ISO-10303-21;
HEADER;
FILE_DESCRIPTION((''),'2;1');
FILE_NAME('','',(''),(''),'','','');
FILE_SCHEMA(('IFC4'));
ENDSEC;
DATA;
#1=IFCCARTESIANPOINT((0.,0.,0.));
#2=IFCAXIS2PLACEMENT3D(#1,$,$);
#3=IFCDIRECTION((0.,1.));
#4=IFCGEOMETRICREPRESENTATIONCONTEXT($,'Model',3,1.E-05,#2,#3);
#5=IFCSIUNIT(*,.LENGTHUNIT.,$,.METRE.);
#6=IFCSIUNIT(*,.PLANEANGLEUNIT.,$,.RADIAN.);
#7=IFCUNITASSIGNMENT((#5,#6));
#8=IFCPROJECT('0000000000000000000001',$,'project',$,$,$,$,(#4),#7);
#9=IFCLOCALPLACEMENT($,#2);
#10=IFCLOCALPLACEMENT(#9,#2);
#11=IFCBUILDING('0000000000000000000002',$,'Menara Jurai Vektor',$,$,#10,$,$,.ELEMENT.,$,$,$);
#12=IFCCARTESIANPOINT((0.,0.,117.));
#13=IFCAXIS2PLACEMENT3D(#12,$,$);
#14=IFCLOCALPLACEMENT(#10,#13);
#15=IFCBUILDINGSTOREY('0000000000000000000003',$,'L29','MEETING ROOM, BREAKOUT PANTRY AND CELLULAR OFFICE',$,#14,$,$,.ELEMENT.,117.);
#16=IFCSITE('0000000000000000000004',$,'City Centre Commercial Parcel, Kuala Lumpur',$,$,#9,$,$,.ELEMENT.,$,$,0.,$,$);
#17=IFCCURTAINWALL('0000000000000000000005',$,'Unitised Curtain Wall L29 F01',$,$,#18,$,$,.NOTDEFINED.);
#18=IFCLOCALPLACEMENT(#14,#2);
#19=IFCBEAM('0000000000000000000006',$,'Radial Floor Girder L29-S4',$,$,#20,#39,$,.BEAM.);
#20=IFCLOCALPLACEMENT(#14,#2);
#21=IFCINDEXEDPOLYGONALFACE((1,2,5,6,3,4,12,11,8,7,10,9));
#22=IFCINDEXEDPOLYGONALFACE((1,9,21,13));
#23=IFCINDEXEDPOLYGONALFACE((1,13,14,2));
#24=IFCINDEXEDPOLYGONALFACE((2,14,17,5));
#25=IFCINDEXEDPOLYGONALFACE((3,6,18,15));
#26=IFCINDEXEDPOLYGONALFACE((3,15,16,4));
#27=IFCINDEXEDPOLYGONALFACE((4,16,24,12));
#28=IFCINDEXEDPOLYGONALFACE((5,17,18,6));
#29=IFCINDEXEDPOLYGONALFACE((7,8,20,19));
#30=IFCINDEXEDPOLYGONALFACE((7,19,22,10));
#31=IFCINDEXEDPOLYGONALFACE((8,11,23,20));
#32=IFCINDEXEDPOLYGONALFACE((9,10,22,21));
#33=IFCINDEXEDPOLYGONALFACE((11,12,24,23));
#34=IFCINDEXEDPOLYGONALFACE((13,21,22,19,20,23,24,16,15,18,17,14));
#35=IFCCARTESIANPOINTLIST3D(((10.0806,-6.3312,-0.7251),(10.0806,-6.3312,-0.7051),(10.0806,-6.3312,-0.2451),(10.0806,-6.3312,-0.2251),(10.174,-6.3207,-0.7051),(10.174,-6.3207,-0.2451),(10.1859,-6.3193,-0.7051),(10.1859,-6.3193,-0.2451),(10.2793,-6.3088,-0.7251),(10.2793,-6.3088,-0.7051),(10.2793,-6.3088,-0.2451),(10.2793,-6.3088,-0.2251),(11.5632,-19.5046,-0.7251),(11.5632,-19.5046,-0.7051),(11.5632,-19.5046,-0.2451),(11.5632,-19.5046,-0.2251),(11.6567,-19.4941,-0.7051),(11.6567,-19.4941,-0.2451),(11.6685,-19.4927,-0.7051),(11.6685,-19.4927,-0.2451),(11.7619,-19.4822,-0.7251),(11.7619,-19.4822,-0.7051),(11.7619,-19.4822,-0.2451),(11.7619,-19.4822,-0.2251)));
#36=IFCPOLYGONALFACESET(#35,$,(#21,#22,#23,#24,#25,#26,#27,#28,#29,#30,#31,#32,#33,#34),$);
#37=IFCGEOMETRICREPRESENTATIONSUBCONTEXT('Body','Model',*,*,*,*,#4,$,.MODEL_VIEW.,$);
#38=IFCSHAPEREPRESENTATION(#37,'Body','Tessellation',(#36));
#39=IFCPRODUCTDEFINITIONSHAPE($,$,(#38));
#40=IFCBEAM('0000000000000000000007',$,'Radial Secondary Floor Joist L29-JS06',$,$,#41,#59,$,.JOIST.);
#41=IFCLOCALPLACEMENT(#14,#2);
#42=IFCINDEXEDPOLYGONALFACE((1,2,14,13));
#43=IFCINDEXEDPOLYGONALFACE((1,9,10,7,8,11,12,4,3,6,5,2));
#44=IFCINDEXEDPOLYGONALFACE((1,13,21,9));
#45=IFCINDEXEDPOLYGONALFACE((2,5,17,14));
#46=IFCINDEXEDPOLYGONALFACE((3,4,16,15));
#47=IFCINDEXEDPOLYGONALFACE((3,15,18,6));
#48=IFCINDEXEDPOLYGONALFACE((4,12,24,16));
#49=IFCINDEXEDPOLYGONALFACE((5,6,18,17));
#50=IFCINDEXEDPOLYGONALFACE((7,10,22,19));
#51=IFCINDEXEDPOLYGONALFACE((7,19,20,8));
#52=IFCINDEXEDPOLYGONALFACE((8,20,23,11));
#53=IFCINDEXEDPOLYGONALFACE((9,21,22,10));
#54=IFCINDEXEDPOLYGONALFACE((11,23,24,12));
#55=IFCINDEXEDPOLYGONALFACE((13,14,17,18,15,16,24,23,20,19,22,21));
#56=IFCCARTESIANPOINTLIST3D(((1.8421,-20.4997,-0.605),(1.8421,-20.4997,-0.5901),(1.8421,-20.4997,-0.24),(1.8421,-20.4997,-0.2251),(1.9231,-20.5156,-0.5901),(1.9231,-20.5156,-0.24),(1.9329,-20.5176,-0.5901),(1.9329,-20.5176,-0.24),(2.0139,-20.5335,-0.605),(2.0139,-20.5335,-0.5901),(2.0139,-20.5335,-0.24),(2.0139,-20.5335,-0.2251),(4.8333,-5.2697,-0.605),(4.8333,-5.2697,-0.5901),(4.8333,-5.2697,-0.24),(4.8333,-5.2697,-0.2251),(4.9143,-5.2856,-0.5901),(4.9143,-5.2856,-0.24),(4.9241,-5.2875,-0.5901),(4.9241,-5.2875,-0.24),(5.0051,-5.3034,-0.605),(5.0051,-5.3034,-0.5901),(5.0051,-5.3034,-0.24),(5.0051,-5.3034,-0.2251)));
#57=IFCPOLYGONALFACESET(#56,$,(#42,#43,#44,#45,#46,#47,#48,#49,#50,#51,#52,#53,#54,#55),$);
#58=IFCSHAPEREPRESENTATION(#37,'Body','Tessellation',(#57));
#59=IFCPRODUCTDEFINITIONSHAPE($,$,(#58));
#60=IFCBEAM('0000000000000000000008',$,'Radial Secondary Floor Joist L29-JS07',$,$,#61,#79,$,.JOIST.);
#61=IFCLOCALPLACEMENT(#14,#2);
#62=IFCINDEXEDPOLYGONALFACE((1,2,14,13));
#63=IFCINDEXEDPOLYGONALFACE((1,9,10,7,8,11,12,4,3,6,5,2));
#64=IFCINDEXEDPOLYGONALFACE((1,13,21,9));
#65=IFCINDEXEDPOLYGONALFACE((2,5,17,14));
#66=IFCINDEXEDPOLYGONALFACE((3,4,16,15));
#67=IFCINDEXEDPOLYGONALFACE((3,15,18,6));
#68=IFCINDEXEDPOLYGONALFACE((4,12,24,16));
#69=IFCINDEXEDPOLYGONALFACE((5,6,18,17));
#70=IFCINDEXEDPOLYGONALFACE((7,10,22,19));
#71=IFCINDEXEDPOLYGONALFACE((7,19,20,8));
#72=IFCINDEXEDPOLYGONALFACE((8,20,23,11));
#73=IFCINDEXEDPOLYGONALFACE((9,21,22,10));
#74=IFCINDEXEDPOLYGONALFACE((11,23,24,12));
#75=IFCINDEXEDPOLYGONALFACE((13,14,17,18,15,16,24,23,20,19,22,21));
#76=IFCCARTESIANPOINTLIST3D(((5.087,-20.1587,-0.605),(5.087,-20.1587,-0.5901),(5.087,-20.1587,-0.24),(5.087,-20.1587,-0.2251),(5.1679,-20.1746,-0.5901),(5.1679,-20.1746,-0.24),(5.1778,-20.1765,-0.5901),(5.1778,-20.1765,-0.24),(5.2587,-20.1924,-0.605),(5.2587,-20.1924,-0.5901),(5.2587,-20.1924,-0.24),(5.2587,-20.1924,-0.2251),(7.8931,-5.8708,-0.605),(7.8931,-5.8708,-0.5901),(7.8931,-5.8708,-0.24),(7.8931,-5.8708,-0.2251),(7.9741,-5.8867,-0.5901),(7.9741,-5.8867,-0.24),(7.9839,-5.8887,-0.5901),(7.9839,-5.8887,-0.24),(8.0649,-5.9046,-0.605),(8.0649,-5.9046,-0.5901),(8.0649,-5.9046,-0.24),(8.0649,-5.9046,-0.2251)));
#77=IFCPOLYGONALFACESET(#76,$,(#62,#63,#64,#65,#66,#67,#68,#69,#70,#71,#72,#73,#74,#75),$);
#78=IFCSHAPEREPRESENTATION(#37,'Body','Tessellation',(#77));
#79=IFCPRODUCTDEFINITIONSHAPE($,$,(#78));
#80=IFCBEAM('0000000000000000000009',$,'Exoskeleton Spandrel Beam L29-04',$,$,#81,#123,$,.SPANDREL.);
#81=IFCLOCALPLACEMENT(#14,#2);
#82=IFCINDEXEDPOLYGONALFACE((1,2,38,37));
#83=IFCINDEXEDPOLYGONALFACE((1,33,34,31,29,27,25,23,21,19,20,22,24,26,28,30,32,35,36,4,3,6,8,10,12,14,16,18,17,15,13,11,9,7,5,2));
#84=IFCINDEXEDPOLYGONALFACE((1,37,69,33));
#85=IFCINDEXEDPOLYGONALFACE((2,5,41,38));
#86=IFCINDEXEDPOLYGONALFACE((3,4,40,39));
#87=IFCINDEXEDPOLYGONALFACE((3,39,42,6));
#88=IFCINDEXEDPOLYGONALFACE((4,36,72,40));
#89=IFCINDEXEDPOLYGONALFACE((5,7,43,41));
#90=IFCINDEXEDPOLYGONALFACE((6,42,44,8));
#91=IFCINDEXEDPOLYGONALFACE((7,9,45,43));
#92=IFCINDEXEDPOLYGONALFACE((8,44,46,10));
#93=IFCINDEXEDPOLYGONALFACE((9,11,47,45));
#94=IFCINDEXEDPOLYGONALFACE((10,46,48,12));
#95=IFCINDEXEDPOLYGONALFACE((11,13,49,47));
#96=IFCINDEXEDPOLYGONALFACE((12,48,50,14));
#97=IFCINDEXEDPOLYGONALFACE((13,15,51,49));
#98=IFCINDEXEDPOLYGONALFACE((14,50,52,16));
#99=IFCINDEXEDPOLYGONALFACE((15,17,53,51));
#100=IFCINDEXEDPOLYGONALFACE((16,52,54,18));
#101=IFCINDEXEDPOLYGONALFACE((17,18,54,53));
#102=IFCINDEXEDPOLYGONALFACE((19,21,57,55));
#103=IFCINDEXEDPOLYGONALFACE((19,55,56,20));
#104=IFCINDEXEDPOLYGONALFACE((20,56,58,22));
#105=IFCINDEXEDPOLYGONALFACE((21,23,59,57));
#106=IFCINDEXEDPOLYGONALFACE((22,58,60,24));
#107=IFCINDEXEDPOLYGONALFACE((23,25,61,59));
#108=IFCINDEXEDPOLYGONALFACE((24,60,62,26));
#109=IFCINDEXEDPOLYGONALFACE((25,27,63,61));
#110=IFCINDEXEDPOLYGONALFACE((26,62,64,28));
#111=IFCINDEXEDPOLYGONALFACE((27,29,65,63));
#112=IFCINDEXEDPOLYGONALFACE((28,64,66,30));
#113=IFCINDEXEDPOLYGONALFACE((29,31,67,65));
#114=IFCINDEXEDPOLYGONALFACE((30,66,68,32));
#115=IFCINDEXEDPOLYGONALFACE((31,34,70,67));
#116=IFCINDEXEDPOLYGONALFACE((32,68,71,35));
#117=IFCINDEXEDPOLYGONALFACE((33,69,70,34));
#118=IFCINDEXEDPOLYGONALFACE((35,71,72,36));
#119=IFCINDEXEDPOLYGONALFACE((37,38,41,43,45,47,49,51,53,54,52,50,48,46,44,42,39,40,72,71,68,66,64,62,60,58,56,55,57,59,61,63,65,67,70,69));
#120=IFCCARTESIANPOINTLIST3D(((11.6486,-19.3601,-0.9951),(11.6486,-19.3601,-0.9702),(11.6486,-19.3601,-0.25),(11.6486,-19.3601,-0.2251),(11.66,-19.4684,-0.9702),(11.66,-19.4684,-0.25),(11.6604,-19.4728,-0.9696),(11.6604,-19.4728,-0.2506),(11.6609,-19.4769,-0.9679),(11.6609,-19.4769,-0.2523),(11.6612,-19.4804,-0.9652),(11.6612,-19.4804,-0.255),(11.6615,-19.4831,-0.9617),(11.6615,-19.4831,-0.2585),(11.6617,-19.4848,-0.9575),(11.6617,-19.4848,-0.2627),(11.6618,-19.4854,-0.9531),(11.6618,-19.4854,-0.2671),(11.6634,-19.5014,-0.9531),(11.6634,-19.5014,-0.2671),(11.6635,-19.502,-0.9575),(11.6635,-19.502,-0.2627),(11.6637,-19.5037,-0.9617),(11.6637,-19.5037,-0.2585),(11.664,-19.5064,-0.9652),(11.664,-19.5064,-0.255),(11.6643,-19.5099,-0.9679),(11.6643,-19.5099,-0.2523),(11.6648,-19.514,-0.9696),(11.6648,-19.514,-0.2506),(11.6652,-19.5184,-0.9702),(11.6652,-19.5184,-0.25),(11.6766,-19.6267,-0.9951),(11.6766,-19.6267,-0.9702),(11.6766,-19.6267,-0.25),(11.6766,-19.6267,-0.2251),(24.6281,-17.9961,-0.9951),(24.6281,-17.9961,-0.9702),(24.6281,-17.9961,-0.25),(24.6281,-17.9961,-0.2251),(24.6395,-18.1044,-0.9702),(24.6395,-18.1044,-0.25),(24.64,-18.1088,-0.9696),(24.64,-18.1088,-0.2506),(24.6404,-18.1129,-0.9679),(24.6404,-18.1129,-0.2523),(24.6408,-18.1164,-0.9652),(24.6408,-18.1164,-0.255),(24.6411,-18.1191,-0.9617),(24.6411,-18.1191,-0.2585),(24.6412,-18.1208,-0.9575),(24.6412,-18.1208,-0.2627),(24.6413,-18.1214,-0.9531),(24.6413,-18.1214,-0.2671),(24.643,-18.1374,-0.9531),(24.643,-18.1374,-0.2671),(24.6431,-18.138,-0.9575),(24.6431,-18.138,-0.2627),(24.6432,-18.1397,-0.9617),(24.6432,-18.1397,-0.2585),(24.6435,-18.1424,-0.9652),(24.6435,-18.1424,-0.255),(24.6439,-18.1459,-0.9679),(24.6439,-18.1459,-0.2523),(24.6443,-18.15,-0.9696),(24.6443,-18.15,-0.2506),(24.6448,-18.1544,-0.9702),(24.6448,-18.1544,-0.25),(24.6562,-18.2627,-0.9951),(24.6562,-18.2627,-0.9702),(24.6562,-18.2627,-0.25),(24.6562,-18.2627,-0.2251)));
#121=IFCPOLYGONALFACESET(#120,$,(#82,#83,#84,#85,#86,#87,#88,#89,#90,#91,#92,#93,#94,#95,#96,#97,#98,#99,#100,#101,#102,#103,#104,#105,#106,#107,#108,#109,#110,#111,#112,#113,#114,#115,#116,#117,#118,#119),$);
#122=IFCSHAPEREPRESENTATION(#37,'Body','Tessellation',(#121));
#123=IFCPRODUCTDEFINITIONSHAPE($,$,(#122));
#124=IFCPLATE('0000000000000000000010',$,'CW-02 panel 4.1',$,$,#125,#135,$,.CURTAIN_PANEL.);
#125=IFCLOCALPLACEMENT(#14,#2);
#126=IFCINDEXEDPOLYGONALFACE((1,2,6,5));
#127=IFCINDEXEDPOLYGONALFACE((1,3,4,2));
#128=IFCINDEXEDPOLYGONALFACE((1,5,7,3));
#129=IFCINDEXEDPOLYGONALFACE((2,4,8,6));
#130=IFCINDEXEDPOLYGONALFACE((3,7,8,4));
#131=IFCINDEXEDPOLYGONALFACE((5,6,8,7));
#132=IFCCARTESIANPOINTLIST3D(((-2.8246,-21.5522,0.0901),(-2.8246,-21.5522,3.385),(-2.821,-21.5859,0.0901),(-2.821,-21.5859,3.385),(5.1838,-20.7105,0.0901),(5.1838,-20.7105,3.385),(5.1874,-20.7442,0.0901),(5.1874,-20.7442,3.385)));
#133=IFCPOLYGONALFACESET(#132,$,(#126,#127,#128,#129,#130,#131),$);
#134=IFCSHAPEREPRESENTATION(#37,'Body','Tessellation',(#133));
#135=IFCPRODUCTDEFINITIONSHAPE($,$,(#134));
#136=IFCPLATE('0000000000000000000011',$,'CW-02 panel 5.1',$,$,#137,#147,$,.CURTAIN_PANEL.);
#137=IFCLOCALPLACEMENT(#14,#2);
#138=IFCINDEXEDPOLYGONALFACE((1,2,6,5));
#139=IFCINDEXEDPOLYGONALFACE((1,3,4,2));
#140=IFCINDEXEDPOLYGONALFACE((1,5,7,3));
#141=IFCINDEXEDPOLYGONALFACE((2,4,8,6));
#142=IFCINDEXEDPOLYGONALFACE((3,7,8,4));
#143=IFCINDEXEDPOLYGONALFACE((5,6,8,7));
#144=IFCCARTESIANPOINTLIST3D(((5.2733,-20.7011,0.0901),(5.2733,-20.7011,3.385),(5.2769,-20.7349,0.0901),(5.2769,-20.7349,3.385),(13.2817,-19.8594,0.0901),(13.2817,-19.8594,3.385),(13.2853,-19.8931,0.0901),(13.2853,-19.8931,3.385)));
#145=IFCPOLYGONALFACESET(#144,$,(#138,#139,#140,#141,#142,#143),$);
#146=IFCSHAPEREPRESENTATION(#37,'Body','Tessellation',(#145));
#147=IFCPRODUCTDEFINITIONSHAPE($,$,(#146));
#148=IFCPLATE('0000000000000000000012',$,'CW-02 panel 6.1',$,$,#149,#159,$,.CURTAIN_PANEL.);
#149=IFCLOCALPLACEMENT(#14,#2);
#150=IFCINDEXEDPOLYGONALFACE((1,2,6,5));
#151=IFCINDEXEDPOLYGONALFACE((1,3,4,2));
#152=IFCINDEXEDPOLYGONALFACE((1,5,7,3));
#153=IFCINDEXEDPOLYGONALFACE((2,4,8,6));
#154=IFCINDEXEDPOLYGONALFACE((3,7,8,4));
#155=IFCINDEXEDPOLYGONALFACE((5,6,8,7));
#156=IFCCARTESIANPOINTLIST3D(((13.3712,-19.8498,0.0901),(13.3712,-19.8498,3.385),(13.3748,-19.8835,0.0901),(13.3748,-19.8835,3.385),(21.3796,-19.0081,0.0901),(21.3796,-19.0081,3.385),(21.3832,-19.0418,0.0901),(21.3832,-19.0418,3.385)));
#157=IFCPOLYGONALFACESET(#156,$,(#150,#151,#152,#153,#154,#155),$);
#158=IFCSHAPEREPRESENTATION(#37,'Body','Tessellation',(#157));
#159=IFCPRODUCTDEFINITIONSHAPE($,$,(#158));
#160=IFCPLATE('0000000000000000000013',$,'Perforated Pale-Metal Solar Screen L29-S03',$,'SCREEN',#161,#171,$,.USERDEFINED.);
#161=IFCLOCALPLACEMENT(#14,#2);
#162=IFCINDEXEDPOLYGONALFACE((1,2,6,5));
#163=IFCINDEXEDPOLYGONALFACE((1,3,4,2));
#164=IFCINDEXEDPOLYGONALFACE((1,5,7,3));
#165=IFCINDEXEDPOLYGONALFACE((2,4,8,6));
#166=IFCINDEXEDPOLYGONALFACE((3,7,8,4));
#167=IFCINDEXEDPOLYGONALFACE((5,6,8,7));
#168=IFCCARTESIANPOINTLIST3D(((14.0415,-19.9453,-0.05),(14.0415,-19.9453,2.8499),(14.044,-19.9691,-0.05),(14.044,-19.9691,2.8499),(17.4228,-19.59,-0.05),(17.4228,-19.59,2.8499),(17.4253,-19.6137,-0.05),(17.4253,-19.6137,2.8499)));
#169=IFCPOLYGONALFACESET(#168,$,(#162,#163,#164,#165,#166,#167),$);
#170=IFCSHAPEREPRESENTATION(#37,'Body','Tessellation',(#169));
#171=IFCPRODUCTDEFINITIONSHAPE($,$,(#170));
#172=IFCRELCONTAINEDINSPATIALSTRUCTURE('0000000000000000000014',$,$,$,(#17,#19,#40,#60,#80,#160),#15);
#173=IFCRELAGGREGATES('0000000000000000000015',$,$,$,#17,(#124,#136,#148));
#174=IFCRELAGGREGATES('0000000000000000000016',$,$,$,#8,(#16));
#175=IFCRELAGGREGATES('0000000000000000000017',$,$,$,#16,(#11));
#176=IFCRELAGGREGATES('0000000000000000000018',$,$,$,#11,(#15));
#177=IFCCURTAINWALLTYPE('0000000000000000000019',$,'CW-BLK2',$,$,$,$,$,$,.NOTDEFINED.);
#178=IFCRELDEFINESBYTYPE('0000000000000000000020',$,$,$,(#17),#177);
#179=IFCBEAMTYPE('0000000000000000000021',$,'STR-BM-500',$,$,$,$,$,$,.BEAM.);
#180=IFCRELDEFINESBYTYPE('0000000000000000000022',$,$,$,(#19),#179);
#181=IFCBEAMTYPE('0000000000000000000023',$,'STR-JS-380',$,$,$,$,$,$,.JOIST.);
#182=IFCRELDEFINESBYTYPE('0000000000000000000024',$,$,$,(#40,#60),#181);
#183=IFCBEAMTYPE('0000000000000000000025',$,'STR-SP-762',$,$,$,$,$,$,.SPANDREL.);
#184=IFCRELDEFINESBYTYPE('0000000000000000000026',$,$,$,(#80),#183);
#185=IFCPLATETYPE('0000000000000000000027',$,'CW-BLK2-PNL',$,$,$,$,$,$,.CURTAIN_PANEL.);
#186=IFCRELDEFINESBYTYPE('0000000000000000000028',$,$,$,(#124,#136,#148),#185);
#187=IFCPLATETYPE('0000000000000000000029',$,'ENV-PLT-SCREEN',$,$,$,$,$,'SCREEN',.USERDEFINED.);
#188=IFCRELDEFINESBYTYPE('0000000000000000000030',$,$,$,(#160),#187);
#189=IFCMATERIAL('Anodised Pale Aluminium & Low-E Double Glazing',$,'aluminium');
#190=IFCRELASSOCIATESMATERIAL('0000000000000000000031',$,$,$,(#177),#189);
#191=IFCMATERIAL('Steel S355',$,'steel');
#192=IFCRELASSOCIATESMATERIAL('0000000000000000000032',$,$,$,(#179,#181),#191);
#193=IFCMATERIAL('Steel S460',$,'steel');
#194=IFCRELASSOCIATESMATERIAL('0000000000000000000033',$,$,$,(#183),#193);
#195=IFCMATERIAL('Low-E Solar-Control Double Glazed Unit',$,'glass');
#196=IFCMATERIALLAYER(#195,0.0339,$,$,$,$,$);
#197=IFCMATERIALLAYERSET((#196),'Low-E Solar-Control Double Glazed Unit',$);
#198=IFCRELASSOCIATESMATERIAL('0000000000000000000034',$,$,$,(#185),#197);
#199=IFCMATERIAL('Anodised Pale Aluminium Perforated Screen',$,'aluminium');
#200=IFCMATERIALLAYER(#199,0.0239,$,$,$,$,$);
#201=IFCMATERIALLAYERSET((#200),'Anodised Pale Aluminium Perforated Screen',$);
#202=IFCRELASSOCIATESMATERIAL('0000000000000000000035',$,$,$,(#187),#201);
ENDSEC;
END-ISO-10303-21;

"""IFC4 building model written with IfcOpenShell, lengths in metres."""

from ifc_helpers import new_model, si_unit, direction, frame, origin, origin_2d, place, context, subcontext, project, spatial, rectangle, i_section, extrude, material, layer, layer_set, material_profile, profile_set, type_object, element, aggregate, save


model = new_model("IFC4")

# Units and contexts
model_context = context("Model", 3, precision=1e-05, world=origin(), true_north=direction((0.0, 1.0)))
body_context = subcontext(model_context, "Body", "Model", "MODEL_VIEW")
ifc_project = project(units=[si_unit("LENGTHUNIT", "METRE"), si_unit("PLANEANGLEUNIT", "RADIAN")], contexts=[model_context])

# Site, building, storey
site_placement = place(None, origin())
site = spatial("IfcSite", under=ifc_project, at=site_placement, Name="City Centre Commercial Parcel, Kuala Lumpur", CompositionType="ELEMENT", RefElevation=0.0)
building_placement = place(site_placement, origin())
building = spatial("IfcBuilding", under=site, at=building_placement, Name="Menara Jurai Vektor", CompositionType="ELEMENT")
storey_placement = place(building_placement, frame((0.0, 0.0, 117.0)))
storey = spatial("IfcBuildingStorey", under=building, at=storey_placement, Name="L29", Description="MEETING ROOM, BREAKOUT PANTRY AND CELLULAR OFFICE", CompositionType="ELEMENT", Elevation=117.0)

# Shared definitions
ifc_material_1 = material(Name="Steel S460", Category="steel")

# Curtain wall
ifc_material_2 = material(Name="Anodised Pale Aluminium & Low-E Double Glazing", Category="aluminium")
curtain_wall_type = type_object("IfcCurtainWallType", Name="CW-BLK2", PredefinedType="NOTDEFINED", material=ifc_material_2)
curtain_wall_placement = place(storey_placement, origin())
curtain_wall = element("IfcCurtainWall", 1, at=curtain_wall_placement, inside=storey, type_object=curtain_wall_type, Name="Unitised Curtain Wall L29 F01", PredefinedType="NOTDEFINED")

# Beams
ifc_material_3 = material(Name="Steel S355", Category="steel")
ifc_material_profile_1 = material_profile(ifc_material_3, i_section(OverallWidth=0.2, OverallDepth=0.5, WebThickness=0.012, FlangeThickness=0.02, at=origin_2d()), Name="PG 500x200x96")
ifc_profile_set_1 = profile_set([ifc_material_profile_1], Name="Steel S355")
beam_type_1 = type_object("IfcBeamType", Name="STR-BM-500", PredefinedType="BEAM", material=ifc_profile_set_1)
beam_1_placement = place(storey_placement, frame((11.6626, -19.4934, -0.4751), z_axis=(-0.111844, 0.993726, 0.0), x_axis=(-0.993726, -0.111844, 0.0)))
element("IfcBeam", 2, at=beam_1_placement, inside=storey, type_object=beam_type_1, Name="Radial Floor Girder L29-S4", PredefinedType="BEAM", context=body_context, shape_type="SweptSolid", body=[
    extrude(i_section(OverallWidth=0.2, OverallDepth=0.5, WebThickness=0.012, FlangeThickness=0.02, at=origin_2d()), origin(), (0.0, 0.0, 1.0), 13.2566),
])
ifc_material_profile_2 = material_profile(ifc_material_3, i_section(OverallWidth=0.175, OverallDepth=0.3799, WebThickness=0.01, FlangeThickness=0.0149, at=origin_2d()), Name="PG 380x175x58")
ifc_profile_set_2 = profile_set([ifc_material_profile_2], Name="Steel S355")
beam_type_2 = type_object("IfcBeamType", Name="STR-JS-380", PredefinedType="JOIST", material=ifc_profile_set_2)
beam_2_placement = place(storey_placement, frame((1.928, -20.5166, -0.415), z_axis=(0.192721, 0.981254, 0.0), x_axis=(-0.981254, 0.192721, 0.0)))
element("IfcBeam", 3, at=beam_2_placement, inside=storey, type_object=beam_type_2, Name="Radial Secondary Floor Joist L29-JS06", PredefinedType="JOIST", context=body_context, shape_type="SweptSolid", body=[
    extrude(i_section(OverallWidth=0.175, OverallDepth=0.3799, WebThickness=0.01, FlangeThickness=0.0149, at=origin_2d()), origin(), (0.0, 0.0, 1.0), 15.521),
])
beam_3_placement = place(storey_placement, frame((5.1729, -20.1755, -0.415), z_axis=(0.19272, 0.981254, 0.0), x_axis=(-0.981254, 0.19272, 0.0)))
element("IfcBeam", 4, at=beam_3_placement, inside=storey, type_object=beam_type_2, Name="Radial Secondary Floor Joist L29-JS07", PredefinedType="JOIST", context=body_context, shape_type="SweptSolid", body=[
    extrude(i_section(OverallWidth=0.175, OverallDepth=0.3799, WebThickness=0.01, FlangeThickness=0.0149, at=origin_2d()), origin(), (0.0, 0.0, 1.0), 14.5608),
])
ifc_material_profile_3 = material_profile(ifc_material_1, i_section(OverallWidth=0.2681, OverallDepth=0.77, WebThickness=0.0161, FlangeThickness=0.0249, FilletRadius=0.0171, at=origin_2d()), Name="UKB 762x267x197")
ifc_profile_set_3 = profile_set([ifc_material_profile_3], Name="Steel S460")
beam_type_3 = type_object("IfcBeamType", Name="STR-SP-762", PredefinedType="SPANDREL", material=ifc_profile_set_3)
beam_4_placement = place(storey_placement, frame((11.6626, -19.4934, -0.6101), z_axis=(0.994523, 0.104514, 0.0), x_axis=(-0.104514, 0.994523, 0.0)))
element("IfcBeam", 5, at=beam_4_placement, inside=storey, type_object=beam_type_3, Name="Exoskeleton Spandrel Beam L29-04", PredefinedType="SPANDREL", context=body_context, shape_type="SweptSolid", body=[
    extrude(i_section(OverallWidth=0.2681, OverallDepth=0.77, WebThickness=0.0161, FlangeThickness=0.0249, FilletRadius=0.0171, at=origin_2d()), origin(), (0.0, 0.0, 1.0), 13.051),
])

# Plates
ifc_material_4 = material(Name="Low-E Solar-Control Double Glazed Unit", Category="glass")
ifc_layer_1 = layer(ifc_material_4, 0.0339)
ifc_layer_set_1 = layer_set([ifc_layer_1], Name="Low-E Solar-Control Double Glazed Unit")
plate_type_1 = type_object("IfcPlateType", Name="CW-BLK2-PNL", PredefinedType="CURTAIN_PANEL", material=ifc_layer_set_1)
plate_1_placement = place(storey_placement, frame((1.1814, -21.1482, 0.0901), z_axis=(0.0, 0.0, 1.0), x_axis=(0.994522, 0.104529, 0.0)))
plate_1 = element("IfcPlate", 6, at=plate_1_placement, type_object=plate_type_1, Name="CW-02 panel 4.1", PredefinedType="CURTAIN_PANEL", context=body_context, shape_type="SweptSolid", body=[
    extrude(rectangle(XDim=8.0525, YDim=0.0339, at=origin_2d()), origin(), (0.0, 0.0, 1.0), 3.2949),
])
plate_2_placement = place(storey_placement, frame((9.2793, -20.2971, 0.0901), z_axis=(0.0, 0.0, 1.0), x_axis=(0.994522, 0.104529, 0.0)))
plate_2 = element("IfcPlate", 7, at=plate_2_placement, type_object=plate_type_1, Name="CW-02 panel 5.1", PredefinedType="CURTAIN_PANEL", context=body_context, shape_type="SweptSolid", body=[
    extrude(rectangle(XDim=8.0525, YDim=0.0339, at=origin_2d()), origin(), (0.0, 0.0, 1.0), 3.2949),
])
plate_3_placement = place(storey_placement, frame((17.3772, -19.4458, 0.0901), z_axis=(0.0, 0.0, 1.0), x_axis=(0.994522, 0.104529, 0.0)))
plate_3 = element("IfcPlate", 8, at=plate_3_placement, type_object=plate_type_1, Name="CW-02 panel 6.1", PredefinedType="CURTAIN_PANEL", context=body_context, shape_type="SweptSolid", body=[
    extrude(rectangle(XDim=8.0525, YDim=0.0339, at=origin_2d()), origin(), (0.0, 0.0, 1.0), 3.2949),
])
aggregate(curtain_wall, [plate_1, plate_2, plate_3])
ifc_material_5 = material(Name="Anodised Pale Aluminium Perforated Screen", Category="aluminium")
ifc_layer_2 = layer(ifc_material_5, 0.0239)
ifc_layer_set_2 = layer_set([ifc_layer_2], Name="Anodised Pale Aluminium Perforated Screen")
plate_type_2 = type_object("IfcPlateType", Name="ENV-PLT-SCREEN", ElementType="SCREEN", PredefinedType="USERDEFINED", material=ifc_layer_set_2)
plate_4_placement = place(storey_placement, frame((15.7334, -19.7795, -0.05), z_axis=(0.0, 0.0, 1.0), x_axis=(0.994522, 0.104528, 0.0)))
element("IfcPlate", 9, at=plate_4_placement, inside=storey, type_object=plate_type_2, Name="Perforated Pale-Metal Solar Screen L29-S03", ObjectType="SCREEN", PredefinedType="USERDEFINED", context=body_context, shape_type="SweptSolid", body=[
    extrude(rectangle(XDim=3.3999, YDim=0.0239, at=origin_2d()), origin(), (0.0, 0.0, 1.0), 2.8999),
])

save(model, "model.ifc")
